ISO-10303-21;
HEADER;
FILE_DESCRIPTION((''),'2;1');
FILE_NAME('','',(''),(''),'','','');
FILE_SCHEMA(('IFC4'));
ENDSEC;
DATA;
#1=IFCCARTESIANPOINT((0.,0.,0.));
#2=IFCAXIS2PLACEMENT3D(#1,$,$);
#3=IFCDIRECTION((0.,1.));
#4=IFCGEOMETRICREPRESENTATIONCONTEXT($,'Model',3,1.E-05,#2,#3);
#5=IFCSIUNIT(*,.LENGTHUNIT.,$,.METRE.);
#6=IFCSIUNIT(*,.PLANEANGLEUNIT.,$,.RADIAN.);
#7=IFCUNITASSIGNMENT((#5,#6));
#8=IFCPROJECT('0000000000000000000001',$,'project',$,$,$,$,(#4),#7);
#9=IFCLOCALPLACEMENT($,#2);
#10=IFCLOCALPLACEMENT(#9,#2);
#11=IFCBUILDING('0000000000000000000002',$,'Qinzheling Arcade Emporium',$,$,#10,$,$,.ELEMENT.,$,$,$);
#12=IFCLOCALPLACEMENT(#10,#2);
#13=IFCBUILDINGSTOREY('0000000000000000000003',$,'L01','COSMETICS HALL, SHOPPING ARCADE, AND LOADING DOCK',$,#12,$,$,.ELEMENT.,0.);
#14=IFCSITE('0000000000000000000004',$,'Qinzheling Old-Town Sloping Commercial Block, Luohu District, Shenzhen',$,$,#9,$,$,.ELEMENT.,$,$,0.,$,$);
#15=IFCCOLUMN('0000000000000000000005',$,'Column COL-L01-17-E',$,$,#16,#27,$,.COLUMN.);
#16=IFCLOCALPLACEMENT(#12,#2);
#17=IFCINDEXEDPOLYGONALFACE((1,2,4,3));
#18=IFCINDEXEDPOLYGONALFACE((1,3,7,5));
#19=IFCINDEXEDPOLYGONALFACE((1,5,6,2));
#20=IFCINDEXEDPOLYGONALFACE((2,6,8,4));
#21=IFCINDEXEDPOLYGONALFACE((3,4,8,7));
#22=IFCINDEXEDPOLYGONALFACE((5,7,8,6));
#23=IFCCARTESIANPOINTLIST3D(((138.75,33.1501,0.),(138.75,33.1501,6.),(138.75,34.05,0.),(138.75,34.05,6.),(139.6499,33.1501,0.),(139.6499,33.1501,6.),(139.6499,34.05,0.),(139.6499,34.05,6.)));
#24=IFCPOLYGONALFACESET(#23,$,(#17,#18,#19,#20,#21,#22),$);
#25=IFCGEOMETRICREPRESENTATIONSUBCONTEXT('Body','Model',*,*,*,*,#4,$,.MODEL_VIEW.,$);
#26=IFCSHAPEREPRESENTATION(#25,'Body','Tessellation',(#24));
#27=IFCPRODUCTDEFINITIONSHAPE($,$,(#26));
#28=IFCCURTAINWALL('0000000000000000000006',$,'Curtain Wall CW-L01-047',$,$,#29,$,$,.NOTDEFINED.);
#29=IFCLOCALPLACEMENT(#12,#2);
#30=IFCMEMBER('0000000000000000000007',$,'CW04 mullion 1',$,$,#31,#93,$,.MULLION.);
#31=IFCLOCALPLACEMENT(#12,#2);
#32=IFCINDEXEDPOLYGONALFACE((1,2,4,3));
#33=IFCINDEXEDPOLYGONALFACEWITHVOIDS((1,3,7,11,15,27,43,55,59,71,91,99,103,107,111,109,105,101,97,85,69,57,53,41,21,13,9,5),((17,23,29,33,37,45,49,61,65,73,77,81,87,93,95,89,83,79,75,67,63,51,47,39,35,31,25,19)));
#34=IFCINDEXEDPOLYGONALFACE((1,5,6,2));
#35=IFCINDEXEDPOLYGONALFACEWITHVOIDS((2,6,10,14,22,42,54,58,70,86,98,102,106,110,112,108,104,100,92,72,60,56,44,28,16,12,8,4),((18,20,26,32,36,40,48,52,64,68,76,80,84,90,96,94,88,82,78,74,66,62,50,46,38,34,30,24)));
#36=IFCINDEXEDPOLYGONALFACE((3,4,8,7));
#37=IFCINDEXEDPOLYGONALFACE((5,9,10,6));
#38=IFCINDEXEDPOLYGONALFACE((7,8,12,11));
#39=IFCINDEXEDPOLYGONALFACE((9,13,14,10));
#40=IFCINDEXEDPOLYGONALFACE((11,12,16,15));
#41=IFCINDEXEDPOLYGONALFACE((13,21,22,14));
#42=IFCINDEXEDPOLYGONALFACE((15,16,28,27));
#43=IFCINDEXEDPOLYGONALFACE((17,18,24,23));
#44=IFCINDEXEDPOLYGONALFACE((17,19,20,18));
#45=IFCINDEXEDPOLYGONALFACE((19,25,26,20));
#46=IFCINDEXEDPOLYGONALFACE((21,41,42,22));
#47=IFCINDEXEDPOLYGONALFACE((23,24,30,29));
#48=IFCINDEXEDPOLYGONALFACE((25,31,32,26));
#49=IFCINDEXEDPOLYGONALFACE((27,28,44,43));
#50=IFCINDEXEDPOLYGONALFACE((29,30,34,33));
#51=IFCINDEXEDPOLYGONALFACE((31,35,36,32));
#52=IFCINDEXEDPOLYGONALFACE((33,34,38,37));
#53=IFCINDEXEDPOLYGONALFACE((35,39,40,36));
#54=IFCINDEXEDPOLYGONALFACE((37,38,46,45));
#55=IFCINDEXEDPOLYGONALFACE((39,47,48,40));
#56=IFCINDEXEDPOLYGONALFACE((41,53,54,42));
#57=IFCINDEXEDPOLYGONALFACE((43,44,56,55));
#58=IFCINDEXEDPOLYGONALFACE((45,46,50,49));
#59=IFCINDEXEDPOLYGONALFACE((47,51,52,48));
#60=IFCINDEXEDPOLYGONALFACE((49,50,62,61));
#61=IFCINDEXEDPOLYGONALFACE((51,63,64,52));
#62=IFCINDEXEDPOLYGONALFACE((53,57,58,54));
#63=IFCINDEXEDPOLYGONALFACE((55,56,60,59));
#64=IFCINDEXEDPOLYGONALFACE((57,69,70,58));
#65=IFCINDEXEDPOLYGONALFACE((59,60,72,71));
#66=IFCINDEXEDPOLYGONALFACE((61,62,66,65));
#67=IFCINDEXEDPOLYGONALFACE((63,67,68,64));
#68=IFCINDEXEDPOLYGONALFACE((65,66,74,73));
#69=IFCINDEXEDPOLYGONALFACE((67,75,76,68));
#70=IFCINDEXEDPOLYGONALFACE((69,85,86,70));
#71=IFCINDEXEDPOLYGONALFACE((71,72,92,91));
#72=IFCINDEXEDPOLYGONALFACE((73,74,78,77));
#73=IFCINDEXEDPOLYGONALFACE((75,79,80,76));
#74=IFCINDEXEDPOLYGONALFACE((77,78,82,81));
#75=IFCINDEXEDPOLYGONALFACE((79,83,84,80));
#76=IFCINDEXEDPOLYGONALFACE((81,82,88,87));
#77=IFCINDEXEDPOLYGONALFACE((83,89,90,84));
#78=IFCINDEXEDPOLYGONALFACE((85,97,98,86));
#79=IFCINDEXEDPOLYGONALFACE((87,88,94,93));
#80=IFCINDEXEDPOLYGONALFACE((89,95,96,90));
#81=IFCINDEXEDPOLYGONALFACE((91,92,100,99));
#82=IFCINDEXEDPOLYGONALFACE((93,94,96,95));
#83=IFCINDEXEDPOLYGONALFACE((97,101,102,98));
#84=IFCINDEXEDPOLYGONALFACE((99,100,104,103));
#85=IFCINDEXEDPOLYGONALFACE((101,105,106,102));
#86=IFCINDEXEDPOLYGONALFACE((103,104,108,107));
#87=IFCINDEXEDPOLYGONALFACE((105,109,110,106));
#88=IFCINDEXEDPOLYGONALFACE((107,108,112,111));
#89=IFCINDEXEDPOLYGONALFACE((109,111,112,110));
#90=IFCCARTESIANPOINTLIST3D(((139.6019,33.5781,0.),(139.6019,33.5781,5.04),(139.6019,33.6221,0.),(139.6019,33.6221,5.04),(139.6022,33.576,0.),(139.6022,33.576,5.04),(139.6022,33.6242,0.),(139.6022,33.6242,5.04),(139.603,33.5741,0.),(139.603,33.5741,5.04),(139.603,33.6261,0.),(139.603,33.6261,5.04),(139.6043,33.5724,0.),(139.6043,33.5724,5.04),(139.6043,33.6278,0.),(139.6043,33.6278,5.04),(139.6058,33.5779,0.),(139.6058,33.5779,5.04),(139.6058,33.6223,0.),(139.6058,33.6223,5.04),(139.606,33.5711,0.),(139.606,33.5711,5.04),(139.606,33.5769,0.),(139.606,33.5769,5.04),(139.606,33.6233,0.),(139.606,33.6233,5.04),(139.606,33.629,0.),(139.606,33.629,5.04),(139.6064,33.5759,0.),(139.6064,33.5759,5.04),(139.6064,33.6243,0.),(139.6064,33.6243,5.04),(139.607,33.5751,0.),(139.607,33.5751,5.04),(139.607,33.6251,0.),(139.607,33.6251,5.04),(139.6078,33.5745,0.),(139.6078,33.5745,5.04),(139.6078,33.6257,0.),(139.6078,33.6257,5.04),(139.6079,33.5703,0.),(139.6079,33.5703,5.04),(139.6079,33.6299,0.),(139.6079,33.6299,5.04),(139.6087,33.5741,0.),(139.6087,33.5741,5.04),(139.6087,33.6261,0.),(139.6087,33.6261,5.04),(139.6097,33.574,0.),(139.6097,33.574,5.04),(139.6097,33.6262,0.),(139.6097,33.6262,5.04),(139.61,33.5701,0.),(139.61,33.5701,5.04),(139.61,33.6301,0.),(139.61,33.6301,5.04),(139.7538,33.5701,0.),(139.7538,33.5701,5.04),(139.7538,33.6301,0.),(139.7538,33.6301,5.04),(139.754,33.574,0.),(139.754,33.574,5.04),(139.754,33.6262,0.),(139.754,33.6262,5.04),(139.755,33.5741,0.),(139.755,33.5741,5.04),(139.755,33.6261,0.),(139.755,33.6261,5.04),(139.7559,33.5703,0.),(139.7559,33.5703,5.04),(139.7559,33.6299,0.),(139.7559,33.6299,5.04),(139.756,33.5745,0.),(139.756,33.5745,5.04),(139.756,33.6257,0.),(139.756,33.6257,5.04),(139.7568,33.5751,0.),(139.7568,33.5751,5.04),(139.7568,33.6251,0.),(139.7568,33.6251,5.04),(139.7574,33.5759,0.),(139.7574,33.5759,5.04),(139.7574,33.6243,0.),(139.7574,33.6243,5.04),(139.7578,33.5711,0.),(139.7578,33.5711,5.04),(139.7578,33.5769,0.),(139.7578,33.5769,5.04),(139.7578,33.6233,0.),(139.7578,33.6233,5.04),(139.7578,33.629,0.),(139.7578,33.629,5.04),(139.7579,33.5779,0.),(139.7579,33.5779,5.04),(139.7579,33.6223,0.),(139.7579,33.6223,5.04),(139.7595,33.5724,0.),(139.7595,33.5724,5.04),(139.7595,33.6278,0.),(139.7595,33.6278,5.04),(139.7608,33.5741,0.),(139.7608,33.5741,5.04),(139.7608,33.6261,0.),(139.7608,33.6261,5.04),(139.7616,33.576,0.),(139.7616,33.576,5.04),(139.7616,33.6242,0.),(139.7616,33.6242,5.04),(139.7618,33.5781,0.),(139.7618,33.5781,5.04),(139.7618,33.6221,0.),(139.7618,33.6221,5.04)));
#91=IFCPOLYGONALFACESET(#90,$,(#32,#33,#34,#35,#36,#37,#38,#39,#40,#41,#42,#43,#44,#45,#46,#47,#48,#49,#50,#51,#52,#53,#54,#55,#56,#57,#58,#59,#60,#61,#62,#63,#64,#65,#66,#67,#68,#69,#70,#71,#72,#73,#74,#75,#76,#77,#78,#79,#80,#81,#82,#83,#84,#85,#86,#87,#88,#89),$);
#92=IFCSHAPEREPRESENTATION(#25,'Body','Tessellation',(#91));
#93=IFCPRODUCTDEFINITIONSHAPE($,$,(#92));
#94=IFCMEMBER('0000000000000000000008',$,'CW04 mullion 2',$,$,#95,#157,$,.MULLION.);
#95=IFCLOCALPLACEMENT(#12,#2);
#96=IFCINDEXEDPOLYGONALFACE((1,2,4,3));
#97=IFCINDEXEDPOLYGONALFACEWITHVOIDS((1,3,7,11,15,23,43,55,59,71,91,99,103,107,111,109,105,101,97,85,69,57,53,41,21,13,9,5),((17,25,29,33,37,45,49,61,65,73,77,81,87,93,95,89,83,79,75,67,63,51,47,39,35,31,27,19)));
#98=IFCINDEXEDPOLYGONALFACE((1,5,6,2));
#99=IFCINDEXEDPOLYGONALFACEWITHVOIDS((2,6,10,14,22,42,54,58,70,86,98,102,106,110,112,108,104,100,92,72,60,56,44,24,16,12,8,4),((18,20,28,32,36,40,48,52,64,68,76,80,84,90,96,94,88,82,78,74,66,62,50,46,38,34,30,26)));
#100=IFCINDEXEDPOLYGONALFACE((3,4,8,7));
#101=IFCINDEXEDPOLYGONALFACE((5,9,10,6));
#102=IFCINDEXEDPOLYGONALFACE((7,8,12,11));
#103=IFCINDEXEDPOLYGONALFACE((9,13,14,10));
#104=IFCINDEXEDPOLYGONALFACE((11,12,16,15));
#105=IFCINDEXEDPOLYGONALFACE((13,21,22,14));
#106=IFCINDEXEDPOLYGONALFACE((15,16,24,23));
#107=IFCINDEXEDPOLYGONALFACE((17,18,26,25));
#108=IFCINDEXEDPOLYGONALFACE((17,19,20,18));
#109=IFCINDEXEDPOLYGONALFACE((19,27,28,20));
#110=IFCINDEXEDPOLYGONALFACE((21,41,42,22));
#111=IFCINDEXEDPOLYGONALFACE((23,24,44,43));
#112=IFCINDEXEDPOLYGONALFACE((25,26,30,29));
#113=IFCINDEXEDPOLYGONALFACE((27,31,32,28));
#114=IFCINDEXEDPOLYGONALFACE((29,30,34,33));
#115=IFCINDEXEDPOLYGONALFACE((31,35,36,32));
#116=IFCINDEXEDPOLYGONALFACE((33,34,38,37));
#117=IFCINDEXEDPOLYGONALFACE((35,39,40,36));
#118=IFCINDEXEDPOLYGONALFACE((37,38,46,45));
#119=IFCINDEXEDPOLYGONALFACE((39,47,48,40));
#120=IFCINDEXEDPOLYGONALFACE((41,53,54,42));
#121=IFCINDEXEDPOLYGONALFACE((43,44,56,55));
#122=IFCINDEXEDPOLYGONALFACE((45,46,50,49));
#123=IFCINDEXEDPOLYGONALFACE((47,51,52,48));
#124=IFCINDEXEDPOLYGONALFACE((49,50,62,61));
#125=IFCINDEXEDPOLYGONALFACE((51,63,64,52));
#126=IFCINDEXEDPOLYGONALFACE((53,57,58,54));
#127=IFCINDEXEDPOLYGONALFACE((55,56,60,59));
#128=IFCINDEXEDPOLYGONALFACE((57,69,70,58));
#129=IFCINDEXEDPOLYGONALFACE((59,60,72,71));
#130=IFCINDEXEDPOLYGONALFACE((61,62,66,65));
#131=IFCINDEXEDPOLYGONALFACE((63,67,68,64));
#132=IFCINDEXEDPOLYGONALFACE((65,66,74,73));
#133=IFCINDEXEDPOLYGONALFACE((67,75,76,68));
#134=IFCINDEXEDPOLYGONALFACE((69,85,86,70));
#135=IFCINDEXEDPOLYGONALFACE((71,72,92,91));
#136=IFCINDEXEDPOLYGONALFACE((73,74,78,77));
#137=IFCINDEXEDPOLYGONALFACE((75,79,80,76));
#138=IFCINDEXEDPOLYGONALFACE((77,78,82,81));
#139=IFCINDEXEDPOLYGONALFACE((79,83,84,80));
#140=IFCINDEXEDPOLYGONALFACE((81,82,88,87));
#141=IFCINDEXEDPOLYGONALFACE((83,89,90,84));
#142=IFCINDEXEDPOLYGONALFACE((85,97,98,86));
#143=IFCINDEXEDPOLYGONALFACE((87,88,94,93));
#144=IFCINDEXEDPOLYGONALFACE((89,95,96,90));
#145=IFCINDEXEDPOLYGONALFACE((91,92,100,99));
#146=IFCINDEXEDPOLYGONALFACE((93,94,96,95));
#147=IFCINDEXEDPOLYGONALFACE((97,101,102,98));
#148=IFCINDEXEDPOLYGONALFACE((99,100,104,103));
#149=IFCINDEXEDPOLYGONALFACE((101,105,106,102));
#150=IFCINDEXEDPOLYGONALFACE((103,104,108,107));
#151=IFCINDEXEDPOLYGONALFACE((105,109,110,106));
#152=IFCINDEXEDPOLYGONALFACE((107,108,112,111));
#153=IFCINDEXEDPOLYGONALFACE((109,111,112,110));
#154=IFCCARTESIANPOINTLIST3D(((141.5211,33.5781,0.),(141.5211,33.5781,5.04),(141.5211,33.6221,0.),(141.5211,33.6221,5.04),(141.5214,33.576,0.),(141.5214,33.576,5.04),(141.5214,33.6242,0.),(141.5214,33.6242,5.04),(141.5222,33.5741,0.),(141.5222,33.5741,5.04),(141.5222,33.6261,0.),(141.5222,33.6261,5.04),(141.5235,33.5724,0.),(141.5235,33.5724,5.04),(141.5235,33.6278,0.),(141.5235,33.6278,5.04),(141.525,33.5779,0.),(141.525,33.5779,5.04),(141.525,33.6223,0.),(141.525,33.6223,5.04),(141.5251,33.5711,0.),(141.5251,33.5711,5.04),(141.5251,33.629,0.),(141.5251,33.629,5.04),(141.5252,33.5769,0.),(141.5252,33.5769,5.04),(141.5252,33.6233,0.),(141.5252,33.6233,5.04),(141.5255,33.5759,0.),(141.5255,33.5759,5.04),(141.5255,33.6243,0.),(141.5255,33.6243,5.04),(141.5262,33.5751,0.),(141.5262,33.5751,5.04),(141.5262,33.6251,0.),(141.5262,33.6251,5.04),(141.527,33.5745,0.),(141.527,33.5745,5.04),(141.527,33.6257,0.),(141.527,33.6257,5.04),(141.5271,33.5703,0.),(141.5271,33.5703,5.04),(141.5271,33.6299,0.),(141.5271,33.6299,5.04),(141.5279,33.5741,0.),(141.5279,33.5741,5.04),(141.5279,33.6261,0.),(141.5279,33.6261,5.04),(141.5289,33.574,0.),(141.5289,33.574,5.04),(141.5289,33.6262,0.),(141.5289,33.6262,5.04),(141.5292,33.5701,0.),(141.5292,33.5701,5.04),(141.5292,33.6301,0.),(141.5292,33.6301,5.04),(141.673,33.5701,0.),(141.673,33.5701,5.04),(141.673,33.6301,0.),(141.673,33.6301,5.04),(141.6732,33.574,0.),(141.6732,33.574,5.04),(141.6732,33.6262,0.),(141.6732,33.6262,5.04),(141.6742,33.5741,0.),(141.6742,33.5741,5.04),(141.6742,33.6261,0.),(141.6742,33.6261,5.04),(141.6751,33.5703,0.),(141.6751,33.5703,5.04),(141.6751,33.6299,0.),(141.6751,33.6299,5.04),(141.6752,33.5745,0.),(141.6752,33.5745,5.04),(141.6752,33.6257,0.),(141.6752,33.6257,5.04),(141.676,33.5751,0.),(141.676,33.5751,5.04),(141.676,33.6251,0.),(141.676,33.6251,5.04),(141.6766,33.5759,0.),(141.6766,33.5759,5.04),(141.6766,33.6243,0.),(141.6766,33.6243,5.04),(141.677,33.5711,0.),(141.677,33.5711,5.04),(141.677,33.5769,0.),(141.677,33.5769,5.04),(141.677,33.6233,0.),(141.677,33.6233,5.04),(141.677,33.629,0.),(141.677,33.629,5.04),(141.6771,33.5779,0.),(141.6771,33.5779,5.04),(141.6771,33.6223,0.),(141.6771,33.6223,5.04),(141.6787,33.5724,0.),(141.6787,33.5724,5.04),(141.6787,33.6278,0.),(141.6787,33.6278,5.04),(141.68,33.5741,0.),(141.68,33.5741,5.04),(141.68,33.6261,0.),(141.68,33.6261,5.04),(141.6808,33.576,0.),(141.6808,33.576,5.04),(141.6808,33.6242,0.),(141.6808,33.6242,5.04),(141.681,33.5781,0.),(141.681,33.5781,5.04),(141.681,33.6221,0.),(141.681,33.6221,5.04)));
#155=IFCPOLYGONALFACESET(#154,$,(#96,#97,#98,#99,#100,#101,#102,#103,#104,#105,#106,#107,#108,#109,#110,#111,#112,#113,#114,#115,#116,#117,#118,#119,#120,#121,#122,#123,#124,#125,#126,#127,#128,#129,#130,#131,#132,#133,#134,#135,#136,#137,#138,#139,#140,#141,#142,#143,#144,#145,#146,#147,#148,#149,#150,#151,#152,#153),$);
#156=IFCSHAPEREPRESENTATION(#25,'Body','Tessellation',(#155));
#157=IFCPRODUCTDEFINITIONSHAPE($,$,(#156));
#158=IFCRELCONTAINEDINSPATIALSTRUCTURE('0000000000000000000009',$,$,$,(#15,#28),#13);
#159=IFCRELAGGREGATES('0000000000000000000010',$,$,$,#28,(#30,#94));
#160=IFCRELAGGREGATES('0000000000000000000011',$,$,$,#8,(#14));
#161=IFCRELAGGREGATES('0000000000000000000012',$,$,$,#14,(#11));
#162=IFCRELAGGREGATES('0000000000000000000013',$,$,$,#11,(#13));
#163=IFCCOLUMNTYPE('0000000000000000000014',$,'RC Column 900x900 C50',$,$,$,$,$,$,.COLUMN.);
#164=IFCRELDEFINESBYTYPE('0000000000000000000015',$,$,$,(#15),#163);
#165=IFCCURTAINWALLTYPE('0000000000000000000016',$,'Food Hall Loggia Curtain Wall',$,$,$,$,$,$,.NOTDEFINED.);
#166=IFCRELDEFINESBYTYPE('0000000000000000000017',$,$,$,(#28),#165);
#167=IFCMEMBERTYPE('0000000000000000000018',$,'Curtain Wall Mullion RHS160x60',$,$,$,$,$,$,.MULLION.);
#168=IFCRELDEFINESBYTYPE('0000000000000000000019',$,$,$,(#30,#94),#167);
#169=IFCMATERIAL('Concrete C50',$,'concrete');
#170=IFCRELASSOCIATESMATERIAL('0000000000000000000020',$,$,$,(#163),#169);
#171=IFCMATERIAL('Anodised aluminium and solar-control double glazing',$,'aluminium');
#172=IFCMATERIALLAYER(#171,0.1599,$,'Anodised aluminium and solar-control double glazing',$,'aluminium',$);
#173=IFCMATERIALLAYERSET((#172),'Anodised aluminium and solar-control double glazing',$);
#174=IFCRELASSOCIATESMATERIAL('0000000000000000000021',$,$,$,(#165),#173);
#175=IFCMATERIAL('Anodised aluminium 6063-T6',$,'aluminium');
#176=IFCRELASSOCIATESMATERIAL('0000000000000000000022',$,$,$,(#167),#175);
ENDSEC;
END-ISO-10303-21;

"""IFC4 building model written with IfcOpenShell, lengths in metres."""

from ifc_helpers import new_model, si_unit, direction, frame, origin, origin_2d, place, context, subcontext, project, spatial, rectangle, hollow_rectangle, extrude, material, layer, layer_set, material_profile, profile_set, type_object, element, aggregate, save


model = new_model("IFC4")

# Units and contexts
model_context = context("Model", 3, precision=1e-05, world=origin(), true_north=direction((0.0, 1.0)))
body_context = subcontext(model_context, "Body", "Model", "MODEL_VIEW")
ifc_project = project(units=[si_unit("LENGTHUNIT", "METRE"), si_unit("PLANEANGLEUNIT", "RADIAN")], contexts=[model_context])

# Site, building, storey
site_placement = place(None, origin())
site = spatial("IfcSite", under=ifc_project, at=site_placement, Name="Qinzheling Old-Town Sloping Commercial Block, Luohu District, Shenzhen", CompositionType="ELEMENT", RefElevation=0.0)
building_placement = place(site_placement, origin())
building = spatial("IfcBuilding", under=site, at=building_placement, Name="Qinzheling Arcade Emporium", CompositionType="ELEMENT")
storey_placement = place(building_placement, origin())
storey = spatial("IfcBuildingStorey", under=building, at=storey_placement, Name="L01", Description="COSMETICS HALL, SHOPPING ARCADE, AND LOADING DOCK", CompositionType="ELEMENT", Elevation=0.0)

# Column
ifc_material_1 = material(Name="Concrete C50", Category="concrete")
ifc_material_profile_1 = material_profile(ifc_material_1, rectangle(XDim=0.8999, YDim=0.8999, at=origin_2d()), Name="RC 900x900", Category="concrete")
ifc_profile_set_1 = profile_set([ifc_material_profile_1], Name="Concrete C50")
column_type = type_object("IfcColumnType", Name="RC Column 900x900 C50", PredefinedType="COLUMN", material=ifc_profile_set_1)
column_placement = place(storey_placement, frame((139.2, 33.6001, 0.0), z_axis=(0.0, 0.0, 1.0), x_axis=(1.0, 0.0, 0.0)))
element("IfcColumn", 1, at=column_placement, inside=storey, type_object=column_type, Name="Column COL-L01-17-E", PredefinedType="COLUMN", context=body_context, shape_type="SweptSolid", body=[
    extrude(rectangle(XDim=0.8999, YDim=0.8999, at=origin_2d()), origin(), (0.0, 0.0, 1.0), 6.0),
])

# Curtain wall, members
ifc_material_2 = material(Name="Anodised aluminium and solar-control double glazing", Category="aluminium")
ifc_layer_1 = layer(ifc_material_2, 0.1599, Name="Anodised aluminium and solar-control double glazing", Category="aluminium")
ifc_layer_set_1 = layer_set([ifc_layer_1], Name="Anodised aluminium and solar-control double glazing")
curtain_wall_type = type_object("IfcCurtainWallType", Name="Food Hall Loggia Curtain Wall", PredefinedType="NOTDEFINED", material=ifc_layer_set_1)
curtain_wall_placement = place(storey_placement, origin())
curtain_wall = element("IfcCurtainWall", 2, at=curtain_wall_placement, inside=storey, type_object=curtain_wall_type, Name="Curtain Wall CW-L01-047", PredefinedType="NOTDEFINED")
ifc_material_3 = material(Name="Anodised aluminium 6063-T6", Category="aluminium")
ifc_material_profile_2 = material_profile(ifc_material_3, hollow_rectangle(XDim=0.0601, YDim=0.1599, WallThickness=0.0039, InnerFilletRadius=0.0039, OuterFilletRadius=0.0081, at=origin_2d()), Name="RHS 160x60x4", Category="aluminium")
ifc_profile_set_2 = profile_set([ifc_material_profile_2], Name="Anodised aluminium 6063-T6")
member_type_1 = type_object("IfcMemberType", Name="Curtain Wall Mullion RHS160x60", PredefinedType="MULLION", material=ifc_profile_set_2)
member_1_placement = place(storey_placement, frame((139.6819, 33.6001, 0.0), z_axis=(0.0, 0.0, 1.0), x_axis=(0.0, 1.0, 0.0)))
member_1 = element("IfcMember", 3, at=member_1_placement, type_object=member_type_1, Name="CW04 mullion 1", PredefinedType="MULLION", context=body_context, shape_type="SweptSolid", body=[
    extrude(hollow_rectangle(XDim=0.0601, YDim=0.1599, WallThickness=0.0039, InnerFilletRadius=0.0039, OuterFilletRadius=0.0081, at=origin_2d()), origin(), (0.0, 0.0, 1.0), 5.04),
])
member_2_placement = place(storey_placement, frame((141.6011, 33.6001, 0.0), z_axis=(0.0, 0.0, 1.0), x_axis=(0.0, 1.0, 0.0)))
member_2 = element("IfcMember", 4, at=member_2_placement, type_object=member_type_1, Name="CW04 mullion 2", PredefinedType="MULLION", context=body_context, shape_type="SweptSolid", body=[
    extrude(hollow_rectangle(XDim=0.0601, YDim=0.1599, WallThickness=0.0039, InnerFilletRadius=0.0039, OuterFilletRadius=0.0081, at=origin_2d()), origin(), (0.0, 0.0, 1.0), 5.04),
])

aggregate(curtain_wall, [member_1, member_2])

save(model, "model.ifc")
